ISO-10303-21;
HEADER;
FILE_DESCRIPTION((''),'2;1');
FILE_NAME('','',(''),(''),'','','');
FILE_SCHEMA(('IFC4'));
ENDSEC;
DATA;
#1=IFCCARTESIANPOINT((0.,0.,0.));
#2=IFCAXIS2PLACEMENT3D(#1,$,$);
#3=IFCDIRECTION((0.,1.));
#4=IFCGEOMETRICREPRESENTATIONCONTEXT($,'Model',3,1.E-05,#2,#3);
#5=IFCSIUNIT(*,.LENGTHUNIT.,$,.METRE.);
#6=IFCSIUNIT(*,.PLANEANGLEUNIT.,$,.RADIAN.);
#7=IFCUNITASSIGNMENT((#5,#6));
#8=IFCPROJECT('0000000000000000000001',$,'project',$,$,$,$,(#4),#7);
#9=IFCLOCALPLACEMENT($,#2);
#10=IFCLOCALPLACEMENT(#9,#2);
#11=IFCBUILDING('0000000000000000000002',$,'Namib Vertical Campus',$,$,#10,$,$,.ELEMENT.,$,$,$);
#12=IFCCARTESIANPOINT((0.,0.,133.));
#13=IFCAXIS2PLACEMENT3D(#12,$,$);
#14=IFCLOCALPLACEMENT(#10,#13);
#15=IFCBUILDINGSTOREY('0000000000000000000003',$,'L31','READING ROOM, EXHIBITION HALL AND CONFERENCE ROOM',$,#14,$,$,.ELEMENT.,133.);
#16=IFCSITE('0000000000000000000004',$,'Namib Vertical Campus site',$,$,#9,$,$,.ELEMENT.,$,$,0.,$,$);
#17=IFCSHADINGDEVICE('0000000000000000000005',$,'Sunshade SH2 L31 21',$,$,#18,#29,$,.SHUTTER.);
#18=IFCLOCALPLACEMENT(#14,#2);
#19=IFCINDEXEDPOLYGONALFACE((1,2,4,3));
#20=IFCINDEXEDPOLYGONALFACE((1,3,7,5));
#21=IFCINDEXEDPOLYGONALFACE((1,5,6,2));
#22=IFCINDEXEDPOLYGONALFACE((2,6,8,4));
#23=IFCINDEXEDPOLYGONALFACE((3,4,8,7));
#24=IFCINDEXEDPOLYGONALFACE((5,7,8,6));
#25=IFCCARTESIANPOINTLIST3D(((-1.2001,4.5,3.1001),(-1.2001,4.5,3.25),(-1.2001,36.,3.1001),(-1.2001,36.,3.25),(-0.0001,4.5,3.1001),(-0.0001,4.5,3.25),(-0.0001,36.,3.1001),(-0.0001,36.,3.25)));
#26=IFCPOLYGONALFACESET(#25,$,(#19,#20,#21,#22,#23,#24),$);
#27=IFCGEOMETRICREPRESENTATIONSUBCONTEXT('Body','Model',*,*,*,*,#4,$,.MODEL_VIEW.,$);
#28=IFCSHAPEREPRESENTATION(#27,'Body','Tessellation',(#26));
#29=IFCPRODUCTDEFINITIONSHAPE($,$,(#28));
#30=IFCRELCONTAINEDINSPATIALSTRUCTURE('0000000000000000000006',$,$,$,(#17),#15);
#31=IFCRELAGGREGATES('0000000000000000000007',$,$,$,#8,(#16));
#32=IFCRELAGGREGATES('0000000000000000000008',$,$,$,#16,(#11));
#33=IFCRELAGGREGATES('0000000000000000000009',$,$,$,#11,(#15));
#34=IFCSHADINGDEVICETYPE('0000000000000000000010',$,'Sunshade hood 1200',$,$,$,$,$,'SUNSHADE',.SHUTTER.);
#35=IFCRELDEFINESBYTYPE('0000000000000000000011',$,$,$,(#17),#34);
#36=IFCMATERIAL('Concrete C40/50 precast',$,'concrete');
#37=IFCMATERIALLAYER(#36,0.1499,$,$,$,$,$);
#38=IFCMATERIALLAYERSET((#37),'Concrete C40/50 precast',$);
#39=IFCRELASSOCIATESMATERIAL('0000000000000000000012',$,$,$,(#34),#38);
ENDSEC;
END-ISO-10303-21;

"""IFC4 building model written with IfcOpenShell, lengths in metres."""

from ifc_helpers import new_model, si_unit, direction, frame, origin, origin_2d, place, context, subcontext, project, spatial, rectangle, extrude, material, layer, layer_set, type_object, element, save


model = new_model("IFC4")

# Units and contexts
model_context = context("Model", 3, precision=1e-05, world=origin(), true_north=direction((0.0, 1.0)))
body_context = subcontext(model_context, "Body", "Model", "MODEL_VIEW")
ifc_project = project(units=[si_unit("LENGTHUNIT", "METRE"), si_unit("PLANEANGLEUNIT", "RADIAN")], contexts=[model_context])

# Site, building, storey
site_placement = place(None, origin())
site = spatial("IfcSite", under=ifc_project, at=site_placement, Name="Namib Vertical Campus site", CompositionType="ELEMENT", RefElevation=0.0)
building_placement = place(site_placement, origin())
building = spatial("IfcBuilding", under=site, at=building_placement, Name="Namib Vertical Campus", CompositionType="ELEMENT")
storey_placement = place(building_placement, frame((0.0, 0.0, 133.0)))
storey = spatial("IfcBuildingStorey", under=building, at=storey_placement, Name="L31", Description="READING ROOM, EXHIBITION HALL AND CONFERENCE ROOM", CompositionType="ELEMENT", Elevation=133.0)

# Shading device
ifc_material_1 = material(Name="Concrete C40/50 precast", Category="concrete")
ifc_layer_1 = layer(ifc_material_1, 0.1499)
ifc_layer_set_1 = layer_set([ifc_layer_1], Name="Concrete C40/50 precast")
shading_device_type = type_object("IfcShadingDeviceType", Name="Sunshade hood 1200", ElementType="SUNSHADE", PredefinedType="SHUTTER", material=ifc_layer_set_1)
shading_device_placement = place(storey_placement, frame((-0.6001, 20.25, 3.1001), z_axis=(0.0, 0.0, 1.0), x_axis=(0.0, -1.0, 0.0)))
element("IfcShadingDevice", 1, at=shading_device_placement, inside=storey, type_object=shading_device_type, Name="Sunshade SH2 L31 21", PredefinedType="SHUTTER", context=body_context, shape_type="SweptSolid", body=[
    extrude(rectangle(XDim=31.5, YDim=1.2, at=origin_2d()), origin(), (0.0, 0.0, 1.0), 0.1499),
])

save(model, "model.ifc")
